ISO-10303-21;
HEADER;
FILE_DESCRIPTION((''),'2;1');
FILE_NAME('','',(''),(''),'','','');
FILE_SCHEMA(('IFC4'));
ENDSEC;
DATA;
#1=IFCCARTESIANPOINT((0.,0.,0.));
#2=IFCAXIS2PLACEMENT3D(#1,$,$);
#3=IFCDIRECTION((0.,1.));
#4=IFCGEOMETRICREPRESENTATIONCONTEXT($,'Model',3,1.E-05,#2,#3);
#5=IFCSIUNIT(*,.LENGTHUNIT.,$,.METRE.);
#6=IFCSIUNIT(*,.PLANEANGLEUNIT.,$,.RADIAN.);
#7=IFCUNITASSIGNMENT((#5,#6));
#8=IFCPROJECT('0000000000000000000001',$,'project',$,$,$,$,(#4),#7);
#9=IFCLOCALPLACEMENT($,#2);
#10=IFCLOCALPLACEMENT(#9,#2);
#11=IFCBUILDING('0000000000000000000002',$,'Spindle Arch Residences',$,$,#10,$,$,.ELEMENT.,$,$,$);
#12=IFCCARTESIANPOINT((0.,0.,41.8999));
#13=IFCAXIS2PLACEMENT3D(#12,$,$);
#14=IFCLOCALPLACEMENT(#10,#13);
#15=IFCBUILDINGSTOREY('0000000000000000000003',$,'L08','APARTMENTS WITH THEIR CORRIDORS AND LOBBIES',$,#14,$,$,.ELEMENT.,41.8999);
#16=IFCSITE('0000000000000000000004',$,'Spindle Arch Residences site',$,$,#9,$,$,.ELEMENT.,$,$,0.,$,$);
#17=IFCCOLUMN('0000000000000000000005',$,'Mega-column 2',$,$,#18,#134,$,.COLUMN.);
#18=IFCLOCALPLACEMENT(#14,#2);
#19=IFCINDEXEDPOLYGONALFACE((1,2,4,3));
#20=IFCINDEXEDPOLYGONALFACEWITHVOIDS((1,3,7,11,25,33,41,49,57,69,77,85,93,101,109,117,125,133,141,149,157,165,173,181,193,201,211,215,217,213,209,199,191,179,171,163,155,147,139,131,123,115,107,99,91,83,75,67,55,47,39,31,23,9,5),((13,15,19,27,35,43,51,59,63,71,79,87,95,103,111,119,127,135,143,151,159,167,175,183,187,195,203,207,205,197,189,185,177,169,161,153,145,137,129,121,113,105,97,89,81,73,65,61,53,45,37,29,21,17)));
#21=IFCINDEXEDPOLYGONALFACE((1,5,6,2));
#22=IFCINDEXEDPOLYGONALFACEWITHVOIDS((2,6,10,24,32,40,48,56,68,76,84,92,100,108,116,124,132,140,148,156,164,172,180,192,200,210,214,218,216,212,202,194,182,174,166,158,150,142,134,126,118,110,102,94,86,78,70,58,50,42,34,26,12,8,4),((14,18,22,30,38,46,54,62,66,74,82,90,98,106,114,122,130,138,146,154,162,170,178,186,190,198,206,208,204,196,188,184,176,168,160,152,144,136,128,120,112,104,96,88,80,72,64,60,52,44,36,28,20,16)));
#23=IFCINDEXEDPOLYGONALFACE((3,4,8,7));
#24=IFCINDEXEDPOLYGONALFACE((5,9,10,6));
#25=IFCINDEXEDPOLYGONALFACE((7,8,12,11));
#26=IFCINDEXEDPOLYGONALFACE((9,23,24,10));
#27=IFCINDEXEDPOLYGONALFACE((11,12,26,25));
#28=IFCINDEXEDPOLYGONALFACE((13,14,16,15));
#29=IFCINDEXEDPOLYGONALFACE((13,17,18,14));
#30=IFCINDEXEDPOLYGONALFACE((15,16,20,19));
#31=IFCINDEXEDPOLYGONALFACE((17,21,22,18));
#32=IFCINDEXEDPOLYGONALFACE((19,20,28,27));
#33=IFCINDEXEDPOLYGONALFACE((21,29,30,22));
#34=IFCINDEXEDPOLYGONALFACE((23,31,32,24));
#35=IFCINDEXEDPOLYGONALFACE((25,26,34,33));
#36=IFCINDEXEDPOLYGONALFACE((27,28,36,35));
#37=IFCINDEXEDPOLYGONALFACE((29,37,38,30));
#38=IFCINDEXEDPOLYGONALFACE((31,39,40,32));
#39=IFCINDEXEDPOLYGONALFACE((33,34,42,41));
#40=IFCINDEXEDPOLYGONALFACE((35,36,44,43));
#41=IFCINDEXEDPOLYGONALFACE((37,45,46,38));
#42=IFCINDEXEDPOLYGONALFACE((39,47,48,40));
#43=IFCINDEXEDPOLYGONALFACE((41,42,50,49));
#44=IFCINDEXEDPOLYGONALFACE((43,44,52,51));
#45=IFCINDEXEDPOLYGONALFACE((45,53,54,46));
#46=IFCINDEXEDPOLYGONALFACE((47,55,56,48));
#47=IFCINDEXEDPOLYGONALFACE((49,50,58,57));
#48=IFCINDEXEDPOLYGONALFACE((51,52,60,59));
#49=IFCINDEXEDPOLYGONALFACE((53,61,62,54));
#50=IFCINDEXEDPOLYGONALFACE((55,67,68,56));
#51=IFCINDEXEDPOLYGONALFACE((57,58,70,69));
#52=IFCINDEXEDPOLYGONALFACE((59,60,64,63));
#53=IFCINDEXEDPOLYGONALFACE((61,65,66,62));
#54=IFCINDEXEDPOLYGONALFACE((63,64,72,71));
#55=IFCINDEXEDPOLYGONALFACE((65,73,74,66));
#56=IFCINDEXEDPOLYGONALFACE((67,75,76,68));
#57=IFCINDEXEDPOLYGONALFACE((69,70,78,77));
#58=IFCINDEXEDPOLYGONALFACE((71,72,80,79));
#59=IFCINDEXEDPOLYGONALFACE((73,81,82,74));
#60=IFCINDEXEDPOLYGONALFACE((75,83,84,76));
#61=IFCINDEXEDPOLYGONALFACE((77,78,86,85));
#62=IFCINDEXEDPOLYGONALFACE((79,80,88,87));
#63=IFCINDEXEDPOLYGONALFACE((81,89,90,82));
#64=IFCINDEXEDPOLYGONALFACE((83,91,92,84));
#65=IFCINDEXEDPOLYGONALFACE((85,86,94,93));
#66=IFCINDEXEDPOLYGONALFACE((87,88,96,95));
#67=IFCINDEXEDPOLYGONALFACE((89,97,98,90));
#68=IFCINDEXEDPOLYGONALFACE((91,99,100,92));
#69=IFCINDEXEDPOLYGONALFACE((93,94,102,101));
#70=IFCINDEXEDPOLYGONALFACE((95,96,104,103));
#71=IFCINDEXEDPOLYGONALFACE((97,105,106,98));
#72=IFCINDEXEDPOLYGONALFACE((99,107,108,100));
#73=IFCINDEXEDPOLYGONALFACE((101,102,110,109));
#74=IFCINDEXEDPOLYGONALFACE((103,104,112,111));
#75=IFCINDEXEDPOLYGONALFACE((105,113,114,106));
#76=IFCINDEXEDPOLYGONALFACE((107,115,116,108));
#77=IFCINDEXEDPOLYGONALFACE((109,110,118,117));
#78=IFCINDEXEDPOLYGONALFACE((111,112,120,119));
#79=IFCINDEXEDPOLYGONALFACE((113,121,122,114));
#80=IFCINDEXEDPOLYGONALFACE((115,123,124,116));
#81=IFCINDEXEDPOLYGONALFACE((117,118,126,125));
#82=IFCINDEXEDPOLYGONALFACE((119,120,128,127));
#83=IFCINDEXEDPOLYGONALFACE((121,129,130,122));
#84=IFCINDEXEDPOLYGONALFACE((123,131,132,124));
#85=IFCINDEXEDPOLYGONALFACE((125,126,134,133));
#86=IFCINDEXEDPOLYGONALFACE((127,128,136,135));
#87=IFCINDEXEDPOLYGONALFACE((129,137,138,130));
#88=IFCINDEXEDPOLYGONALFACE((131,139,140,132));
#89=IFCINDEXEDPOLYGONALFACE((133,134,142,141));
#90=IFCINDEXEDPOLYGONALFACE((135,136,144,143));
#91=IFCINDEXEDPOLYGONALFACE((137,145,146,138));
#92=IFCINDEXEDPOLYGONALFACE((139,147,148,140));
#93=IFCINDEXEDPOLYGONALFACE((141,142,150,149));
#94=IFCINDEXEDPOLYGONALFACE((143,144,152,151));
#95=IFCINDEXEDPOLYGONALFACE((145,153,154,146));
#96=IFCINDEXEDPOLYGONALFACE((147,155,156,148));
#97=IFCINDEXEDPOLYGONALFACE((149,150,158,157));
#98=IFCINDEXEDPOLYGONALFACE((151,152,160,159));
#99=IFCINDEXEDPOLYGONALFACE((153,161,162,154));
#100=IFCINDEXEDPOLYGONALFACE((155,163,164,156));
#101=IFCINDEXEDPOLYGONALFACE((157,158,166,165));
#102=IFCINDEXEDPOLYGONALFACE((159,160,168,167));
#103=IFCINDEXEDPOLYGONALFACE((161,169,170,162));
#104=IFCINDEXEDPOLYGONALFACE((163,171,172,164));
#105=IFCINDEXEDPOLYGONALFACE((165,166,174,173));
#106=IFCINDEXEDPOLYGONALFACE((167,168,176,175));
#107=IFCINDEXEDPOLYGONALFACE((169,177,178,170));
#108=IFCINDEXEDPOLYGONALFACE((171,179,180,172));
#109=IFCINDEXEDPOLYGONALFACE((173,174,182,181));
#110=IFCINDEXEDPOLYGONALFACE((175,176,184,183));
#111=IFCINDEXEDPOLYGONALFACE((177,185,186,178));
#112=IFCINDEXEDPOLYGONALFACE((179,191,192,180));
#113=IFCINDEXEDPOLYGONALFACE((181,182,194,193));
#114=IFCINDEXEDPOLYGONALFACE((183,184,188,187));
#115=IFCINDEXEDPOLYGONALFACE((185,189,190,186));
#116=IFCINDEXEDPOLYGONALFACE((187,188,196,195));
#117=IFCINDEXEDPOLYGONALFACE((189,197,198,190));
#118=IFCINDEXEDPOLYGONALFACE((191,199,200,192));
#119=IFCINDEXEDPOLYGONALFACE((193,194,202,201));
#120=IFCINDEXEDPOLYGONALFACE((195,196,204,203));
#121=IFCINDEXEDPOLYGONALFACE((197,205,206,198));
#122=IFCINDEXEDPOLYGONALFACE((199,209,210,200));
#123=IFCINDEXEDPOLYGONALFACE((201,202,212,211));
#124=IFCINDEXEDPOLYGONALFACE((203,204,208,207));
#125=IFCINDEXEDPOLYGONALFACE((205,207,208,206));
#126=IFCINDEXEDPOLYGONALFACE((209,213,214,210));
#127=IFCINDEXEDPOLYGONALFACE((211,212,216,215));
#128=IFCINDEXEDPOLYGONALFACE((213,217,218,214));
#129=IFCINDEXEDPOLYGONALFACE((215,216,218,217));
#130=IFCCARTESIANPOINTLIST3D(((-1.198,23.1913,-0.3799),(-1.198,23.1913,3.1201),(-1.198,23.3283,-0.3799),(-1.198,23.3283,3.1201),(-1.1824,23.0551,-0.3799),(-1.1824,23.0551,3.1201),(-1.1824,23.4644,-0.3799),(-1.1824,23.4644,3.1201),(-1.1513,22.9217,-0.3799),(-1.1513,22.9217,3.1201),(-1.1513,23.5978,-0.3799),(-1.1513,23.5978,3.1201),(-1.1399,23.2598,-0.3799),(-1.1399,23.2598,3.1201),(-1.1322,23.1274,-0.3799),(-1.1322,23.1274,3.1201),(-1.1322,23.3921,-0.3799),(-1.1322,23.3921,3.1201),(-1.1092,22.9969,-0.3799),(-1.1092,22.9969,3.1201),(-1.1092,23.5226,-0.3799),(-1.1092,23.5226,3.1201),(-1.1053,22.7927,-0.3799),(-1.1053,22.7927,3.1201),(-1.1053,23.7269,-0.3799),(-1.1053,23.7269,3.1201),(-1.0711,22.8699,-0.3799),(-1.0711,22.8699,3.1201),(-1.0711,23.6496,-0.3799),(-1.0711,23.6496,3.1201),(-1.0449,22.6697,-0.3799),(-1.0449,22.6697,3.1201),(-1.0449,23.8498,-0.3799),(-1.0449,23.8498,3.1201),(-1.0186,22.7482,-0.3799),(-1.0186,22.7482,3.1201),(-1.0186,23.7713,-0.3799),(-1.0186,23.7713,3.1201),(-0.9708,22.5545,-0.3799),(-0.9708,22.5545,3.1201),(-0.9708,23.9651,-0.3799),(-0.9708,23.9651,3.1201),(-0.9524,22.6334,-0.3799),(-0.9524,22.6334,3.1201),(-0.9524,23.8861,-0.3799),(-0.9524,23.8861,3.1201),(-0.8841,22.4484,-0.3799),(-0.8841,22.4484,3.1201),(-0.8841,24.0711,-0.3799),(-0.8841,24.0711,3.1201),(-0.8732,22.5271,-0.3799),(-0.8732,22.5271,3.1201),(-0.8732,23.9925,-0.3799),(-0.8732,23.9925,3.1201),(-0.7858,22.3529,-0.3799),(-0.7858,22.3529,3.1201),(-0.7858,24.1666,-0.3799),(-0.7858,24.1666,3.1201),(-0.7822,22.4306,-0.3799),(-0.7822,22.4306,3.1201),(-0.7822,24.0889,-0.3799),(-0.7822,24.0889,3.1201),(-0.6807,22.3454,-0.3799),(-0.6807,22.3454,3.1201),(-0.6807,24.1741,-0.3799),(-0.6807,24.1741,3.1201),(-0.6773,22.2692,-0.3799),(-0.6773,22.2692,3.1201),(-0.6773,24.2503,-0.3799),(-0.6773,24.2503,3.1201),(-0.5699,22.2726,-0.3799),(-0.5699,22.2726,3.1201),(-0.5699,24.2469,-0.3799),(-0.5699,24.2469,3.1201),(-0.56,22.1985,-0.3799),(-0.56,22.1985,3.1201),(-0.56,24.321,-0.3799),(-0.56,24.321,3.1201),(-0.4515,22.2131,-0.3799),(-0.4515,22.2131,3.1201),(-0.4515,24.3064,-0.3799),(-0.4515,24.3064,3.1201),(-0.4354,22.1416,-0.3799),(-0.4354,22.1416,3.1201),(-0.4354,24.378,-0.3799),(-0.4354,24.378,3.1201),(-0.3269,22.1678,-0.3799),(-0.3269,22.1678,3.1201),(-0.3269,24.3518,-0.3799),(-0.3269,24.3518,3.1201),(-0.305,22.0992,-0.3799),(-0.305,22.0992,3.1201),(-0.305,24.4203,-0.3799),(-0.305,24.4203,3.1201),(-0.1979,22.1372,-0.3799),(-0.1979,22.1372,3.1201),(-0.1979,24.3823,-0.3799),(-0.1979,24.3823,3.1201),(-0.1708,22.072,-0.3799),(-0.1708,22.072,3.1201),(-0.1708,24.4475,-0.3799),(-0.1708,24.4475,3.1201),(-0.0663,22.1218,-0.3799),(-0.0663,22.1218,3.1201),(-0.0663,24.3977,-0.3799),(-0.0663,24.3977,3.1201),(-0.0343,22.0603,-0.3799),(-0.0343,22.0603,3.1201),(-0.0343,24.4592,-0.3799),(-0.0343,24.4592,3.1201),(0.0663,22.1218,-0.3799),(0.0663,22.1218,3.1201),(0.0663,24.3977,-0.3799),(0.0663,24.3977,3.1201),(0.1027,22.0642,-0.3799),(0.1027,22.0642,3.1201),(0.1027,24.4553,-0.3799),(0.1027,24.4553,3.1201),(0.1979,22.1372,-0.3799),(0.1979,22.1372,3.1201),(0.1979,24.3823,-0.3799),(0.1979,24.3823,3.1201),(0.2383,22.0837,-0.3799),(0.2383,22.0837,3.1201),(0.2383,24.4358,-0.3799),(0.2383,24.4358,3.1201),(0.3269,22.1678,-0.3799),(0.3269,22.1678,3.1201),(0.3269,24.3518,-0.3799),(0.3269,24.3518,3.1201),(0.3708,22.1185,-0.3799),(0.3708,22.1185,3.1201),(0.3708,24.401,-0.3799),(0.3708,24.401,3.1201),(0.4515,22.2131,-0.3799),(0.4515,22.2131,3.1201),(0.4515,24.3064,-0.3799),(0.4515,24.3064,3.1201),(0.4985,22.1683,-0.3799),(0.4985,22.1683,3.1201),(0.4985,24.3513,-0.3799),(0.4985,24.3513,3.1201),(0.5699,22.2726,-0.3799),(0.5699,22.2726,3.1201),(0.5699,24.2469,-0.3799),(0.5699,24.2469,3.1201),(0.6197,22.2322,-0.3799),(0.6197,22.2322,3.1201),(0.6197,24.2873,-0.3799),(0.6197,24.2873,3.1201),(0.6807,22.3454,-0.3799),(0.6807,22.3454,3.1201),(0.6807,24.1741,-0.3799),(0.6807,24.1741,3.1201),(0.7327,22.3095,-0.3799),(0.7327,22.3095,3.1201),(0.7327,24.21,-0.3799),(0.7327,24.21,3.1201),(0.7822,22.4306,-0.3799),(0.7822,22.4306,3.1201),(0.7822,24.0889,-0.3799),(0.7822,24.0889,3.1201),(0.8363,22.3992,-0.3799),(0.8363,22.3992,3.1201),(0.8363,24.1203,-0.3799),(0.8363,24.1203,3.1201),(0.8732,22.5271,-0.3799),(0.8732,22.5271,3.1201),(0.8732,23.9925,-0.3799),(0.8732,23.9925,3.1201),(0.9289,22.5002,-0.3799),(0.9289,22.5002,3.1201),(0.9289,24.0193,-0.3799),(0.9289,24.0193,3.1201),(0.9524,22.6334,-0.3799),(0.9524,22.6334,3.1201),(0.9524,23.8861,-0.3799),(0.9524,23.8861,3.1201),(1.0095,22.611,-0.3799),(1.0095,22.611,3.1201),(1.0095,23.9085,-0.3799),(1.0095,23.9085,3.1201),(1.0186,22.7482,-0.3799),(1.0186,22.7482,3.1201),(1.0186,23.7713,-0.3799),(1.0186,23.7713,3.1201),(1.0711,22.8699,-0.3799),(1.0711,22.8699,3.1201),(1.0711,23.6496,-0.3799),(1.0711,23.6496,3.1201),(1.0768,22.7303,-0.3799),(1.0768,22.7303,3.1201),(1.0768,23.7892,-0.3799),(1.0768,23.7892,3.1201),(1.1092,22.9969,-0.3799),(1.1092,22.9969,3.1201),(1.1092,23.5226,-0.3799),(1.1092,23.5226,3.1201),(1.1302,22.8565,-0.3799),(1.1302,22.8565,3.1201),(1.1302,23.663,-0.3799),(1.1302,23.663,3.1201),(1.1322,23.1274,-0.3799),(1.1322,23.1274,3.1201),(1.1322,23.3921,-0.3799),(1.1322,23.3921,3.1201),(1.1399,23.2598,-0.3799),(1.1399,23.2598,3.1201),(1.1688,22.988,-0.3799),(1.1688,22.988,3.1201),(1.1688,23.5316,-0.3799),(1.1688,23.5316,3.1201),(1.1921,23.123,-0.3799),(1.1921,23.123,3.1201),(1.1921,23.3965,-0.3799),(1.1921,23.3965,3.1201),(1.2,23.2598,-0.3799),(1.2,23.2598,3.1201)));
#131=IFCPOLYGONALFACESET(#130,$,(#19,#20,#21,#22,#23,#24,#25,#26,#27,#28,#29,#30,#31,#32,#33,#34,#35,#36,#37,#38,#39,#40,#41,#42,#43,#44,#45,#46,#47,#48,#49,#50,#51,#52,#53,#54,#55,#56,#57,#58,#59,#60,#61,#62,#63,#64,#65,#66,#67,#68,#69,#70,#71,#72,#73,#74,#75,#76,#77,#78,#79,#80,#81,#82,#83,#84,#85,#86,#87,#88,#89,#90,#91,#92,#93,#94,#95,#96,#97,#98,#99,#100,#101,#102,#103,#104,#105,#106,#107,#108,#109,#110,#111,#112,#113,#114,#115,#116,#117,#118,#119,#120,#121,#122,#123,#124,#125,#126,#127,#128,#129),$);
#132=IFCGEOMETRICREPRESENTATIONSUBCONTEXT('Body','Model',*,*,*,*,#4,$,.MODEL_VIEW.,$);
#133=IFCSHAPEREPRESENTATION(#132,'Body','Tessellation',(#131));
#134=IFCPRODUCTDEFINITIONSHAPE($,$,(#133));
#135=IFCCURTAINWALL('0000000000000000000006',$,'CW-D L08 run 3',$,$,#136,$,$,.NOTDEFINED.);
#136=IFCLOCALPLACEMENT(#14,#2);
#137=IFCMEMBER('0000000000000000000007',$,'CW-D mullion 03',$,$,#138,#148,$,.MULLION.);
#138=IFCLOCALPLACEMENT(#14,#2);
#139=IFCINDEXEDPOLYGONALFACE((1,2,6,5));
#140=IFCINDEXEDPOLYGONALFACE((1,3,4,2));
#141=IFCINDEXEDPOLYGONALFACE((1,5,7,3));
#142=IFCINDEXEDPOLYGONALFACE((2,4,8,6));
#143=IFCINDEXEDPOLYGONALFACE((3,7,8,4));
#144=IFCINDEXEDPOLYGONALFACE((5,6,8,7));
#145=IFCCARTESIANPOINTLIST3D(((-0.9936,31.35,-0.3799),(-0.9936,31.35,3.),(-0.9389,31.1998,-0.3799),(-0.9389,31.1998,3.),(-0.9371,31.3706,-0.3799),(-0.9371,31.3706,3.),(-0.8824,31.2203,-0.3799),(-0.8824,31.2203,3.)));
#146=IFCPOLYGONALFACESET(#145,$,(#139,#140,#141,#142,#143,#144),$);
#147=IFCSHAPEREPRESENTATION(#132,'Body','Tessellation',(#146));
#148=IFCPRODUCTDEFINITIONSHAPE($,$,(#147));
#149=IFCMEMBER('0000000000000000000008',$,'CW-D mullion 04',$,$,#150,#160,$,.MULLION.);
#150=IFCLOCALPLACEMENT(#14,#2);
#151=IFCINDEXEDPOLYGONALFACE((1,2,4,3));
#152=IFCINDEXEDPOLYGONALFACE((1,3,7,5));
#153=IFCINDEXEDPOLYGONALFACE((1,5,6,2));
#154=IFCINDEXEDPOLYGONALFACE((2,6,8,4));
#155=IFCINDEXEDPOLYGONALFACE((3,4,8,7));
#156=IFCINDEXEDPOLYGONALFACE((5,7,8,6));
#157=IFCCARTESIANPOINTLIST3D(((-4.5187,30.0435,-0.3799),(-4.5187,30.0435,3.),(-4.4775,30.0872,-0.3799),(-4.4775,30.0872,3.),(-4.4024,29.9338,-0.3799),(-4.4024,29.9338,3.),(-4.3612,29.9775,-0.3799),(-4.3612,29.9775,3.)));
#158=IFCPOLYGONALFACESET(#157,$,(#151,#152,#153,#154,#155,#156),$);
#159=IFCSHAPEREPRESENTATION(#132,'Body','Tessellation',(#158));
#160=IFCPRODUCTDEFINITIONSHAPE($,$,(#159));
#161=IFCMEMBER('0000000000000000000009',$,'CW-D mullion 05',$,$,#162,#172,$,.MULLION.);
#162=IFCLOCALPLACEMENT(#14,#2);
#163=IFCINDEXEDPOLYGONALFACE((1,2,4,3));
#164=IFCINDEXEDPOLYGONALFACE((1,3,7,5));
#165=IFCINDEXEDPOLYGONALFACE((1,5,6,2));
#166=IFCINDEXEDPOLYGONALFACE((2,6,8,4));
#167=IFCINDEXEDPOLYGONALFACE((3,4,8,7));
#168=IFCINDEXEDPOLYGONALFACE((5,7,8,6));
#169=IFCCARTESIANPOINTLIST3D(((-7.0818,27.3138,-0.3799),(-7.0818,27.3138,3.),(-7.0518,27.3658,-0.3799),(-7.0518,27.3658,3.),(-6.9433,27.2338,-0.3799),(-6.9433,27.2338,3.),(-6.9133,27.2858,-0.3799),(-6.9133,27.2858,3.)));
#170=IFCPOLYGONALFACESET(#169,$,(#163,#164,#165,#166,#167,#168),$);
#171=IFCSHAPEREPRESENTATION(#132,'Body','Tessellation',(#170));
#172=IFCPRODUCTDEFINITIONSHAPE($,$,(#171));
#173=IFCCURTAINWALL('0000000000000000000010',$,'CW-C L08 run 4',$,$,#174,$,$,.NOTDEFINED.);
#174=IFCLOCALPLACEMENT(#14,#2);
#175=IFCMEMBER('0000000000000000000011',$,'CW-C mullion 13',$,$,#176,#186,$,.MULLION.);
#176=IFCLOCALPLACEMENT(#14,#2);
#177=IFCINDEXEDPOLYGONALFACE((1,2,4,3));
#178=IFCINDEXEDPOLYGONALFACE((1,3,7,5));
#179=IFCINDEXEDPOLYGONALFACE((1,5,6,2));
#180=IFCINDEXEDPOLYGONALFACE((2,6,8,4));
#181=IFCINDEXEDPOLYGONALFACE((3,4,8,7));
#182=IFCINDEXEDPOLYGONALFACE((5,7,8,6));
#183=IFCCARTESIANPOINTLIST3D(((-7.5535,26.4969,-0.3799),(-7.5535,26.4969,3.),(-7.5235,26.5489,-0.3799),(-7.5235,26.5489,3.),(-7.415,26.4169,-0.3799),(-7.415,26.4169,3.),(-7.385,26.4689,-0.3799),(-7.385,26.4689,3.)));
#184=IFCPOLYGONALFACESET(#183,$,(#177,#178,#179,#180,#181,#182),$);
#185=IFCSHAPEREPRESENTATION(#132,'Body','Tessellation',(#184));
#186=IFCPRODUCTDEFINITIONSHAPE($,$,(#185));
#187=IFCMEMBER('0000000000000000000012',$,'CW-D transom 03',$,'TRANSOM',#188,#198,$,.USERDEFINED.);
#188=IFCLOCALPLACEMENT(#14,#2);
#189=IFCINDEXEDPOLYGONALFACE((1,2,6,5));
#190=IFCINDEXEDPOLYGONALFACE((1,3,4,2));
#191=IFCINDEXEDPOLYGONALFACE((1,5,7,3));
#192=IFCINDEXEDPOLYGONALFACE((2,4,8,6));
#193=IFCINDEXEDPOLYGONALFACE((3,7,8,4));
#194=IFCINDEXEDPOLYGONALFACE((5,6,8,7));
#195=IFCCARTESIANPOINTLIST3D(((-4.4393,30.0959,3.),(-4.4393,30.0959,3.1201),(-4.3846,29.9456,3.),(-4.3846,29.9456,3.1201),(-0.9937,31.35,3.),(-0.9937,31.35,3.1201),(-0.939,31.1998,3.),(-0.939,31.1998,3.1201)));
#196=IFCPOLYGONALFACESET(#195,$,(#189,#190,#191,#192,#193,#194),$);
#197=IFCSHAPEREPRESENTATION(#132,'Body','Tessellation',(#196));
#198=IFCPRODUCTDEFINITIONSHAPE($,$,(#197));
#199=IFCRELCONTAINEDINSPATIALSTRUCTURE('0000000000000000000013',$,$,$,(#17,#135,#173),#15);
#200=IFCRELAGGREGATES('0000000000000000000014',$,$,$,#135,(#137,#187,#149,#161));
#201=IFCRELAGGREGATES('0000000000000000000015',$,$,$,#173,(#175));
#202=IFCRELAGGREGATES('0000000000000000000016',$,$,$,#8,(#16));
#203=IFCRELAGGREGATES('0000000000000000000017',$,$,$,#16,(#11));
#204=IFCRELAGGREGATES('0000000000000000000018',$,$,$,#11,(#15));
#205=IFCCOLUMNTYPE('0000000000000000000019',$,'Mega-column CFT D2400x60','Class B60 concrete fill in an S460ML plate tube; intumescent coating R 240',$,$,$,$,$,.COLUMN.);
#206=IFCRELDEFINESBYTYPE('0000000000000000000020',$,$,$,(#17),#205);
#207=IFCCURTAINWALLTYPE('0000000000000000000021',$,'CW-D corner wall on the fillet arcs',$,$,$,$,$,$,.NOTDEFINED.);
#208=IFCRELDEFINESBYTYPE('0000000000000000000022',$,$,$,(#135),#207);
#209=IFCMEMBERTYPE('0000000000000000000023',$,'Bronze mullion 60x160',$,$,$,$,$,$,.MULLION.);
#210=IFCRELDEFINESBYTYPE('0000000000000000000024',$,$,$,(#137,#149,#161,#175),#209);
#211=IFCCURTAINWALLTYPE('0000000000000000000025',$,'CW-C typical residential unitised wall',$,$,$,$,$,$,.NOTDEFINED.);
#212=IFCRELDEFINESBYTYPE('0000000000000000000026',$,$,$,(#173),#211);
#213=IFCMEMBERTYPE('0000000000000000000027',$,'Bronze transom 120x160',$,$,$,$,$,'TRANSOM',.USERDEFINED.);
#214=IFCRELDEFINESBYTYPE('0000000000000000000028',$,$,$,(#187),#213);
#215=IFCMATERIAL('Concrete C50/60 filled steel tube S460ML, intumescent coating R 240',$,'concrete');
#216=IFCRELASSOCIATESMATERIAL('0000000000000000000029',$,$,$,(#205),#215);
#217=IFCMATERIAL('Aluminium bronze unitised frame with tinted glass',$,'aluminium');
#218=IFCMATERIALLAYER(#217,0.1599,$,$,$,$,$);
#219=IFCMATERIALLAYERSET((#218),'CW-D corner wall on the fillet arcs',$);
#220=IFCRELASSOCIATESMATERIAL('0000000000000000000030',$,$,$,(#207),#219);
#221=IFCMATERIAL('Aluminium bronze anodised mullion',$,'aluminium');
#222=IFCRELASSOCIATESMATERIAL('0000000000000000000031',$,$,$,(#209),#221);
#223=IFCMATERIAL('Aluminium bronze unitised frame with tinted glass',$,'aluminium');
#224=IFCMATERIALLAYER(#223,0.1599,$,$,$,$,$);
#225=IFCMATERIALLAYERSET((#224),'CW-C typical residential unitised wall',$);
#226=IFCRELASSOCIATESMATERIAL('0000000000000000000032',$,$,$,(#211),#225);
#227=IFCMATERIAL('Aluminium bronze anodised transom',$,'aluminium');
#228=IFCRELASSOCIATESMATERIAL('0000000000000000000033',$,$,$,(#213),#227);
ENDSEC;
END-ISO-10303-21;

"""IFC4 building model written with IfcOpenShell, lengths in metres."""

from ifc_helpers import new_model, si_unit, direction, frame, origin, origin_2d, place, context, subcontext, project, spatial, rectangle, hollow_circle, extrude, material, layer, layer_set, material_profile, profile_set, type_object, element, aggregate, save


model = new_model("IFC4")

# Units and contexts
model_context = context("Model", 3, precision=1e-05, world=origin(), true_north=direction((0.0, 1.0)))
body_context = subcontext(model_context, "Body", "Model", "MODEL_VIEW")
ifc_project = project(units=[si_unit("LENGTHUNIT", "METRE"), si_unit("PLANEANGLEUNIT", "RADIAN")], contexts=[model_context])

# Site, building, storey
site_placement = place(None, origin())
site = spatial("IfcSite", under=ifc_project, at=site_placement, Name="Spindle Arch Residences site", CompositionType="ELEMENT", RefElevation=0.0)
building_placement = place(site_placement, origin())
building = spatial("IfcBuilding", under=site, at=building_placement, Name="Spindle Arch Residences", CompositionType="ELEMENT")
storey_placement = place(building_placement, frame((0.0, 0.0, 41.8999)))
storey = spatial("IfcBuildingStorey", under=building, at=storey_placement, Name="L08", Description="APARTMENTS WITH THEIR CORRIDORS AND LOBBIES", CompositionType="ELEMENT", Elevation=41.8999)

# Column
ifc_material_1 = material(Name="Concrete C50/60 filled steel tube S460ML, intumescent coating R 240", Category="concrete")
ifc_material_profile_1 = material_profile(ifc_material_1, hollow_circle(Radius=1.2, WallThickness=0.0601, at=origin_2d()), Name="CFT D2400x60")
ifc_profile_set_1 = profile_set([ifc_material_profile_1], Name="Concrete C50/60 filled steel tube S460ML, intumescent coating R 240")
column_type_1 = type_object("IfcColumnType", Name="Mega-column CFT D2400x60", Description="Class B60 concrete fill in an S460ML plate tube; intumescent coating R 240", PredefinedType="COLUMN", material=ifc_profile_set_1)
column_placement = place(storey_placement, frame((0.0, 23.2598, -0.3799), z_axis=(0.0, 0.0, 1.0), x_axis=(1.0, 0.0, 0.0)))
element("IfcColumn", 1, at=column_placement, inside=storey, type_object=column_type_1, Name="Mega-column 2", PredefinedType="COLUMN", context=body_context, shape_type="SweptSolid", body=[
    extrude(hollow_circle(Radius=1.2, WallThickness=0.0601, at=origin_2d()), origin(), (0.0, 0.0, 1.0), 3.5),
])

# Curtain wall, members
ifc_material_2 = material(Name="Aluminium bronze unitised frame with tinted glass", Category="aluminium")
ifc_layer_1 = layer(ifc_material_2, 0.1599)
ifc_layer_set_1 = layer_set([ifc_layer_1], Name="CW-D corner wall on the fillet arcs")
curtain_wall_type_1 = type_object("IfcCurtainWallType", Name="CW-D corner wall on the fillet arcs", PredefinedType="NOTDEFINED", material=ifc_layer_set_1)
curtain_wall_1_placement = place(storey_placement, origin())
curtain_wall_1 = element("IfcCurtainWall", 2, at=curtain_wall_1_placement, inside=storey, type_object=curtain_wall_type_1, Name="CW-D L08 run 3", PredefinedType="NOTDEFINED")
ifc_material_3 = material(Name="Aluminium bronze anodised mullion", Category="aluminium")
ifc_material_profile_2 = material_profile(ifc_material_3, rectangle(XDim=0.1599, YDim=0.0601, at=origin_2d()), Name="MU 60x160")
ifc_profile_set_2 = profile_set([ifc_material_profile_2], Name="Aluminium bronze anodised mullion")
member_type_1 = type_object("IfcMemberType", Name="Bronze mullion 60x160", PredefinedType="MULLION", material=ifc_profile_set_2)
member_1_placement = place(storey_placement, frame((-0.938, 31.2852, -0.3799), z_axis=(0.0, 0.0, 1.0), x_axis=(0.34202, -0.939693, 0.0)))
member_1 = element("IfcMember", 3, at=member_1_placement, type_object=member_type_1, Name="CW-D mullion 03", PredefinedType="MULLION", context=body_context, shape_type="SweptSolid", body=[
    extrude(rectangle(XDim=0.1599, YDim=0.0601, at=origin_2d()), origin(), (0.0, 0.0, 1.0), 3.3799),
])
member_2_placement = place(storey_placement, frame((-4.4399, 30.0105, -0.3799), z_axis=(0.0, 0.0, 1.0), x_axis=(0.727374, -0.686242, 0.0)))
member_2 = element("IfcMember", 4, at=member_2_placement, type_object=member_type_1, Name="CW-D mullion 04", PredefinedType="MULLION", context=body_context, shape_type="SweptSolid", body=[
    extrude(rectangle(XDim=0.1599, YDim=0.0601, at=origin_2d()), origin(), (0.0, 0.0, 1.0), 3.3799),
])
member_3_placement = place(storey_placement, frame((-6.9976, 27.2998, -0.3799), z_axis=(0.0, 0.0, 1.0), x_axis=(0.866025, -0.5, 0.0)))
member_3 = element("IfcMember", 5, at=member_3_placement, type_object=member_type_1, Name="CW-D mullion 05", PredefinedType="MULLION", context=body_context, shape_type="SweptSolid", body=[
    extrude(rectangle(XDim=0.1599, YDim=0.0601, at=origin_2d()), origin(), (0.0, 0.0, 1.0), 3.3799),
])

# Curtain wall, member
ifc_material_4 = material(Name="Aluminium bronze unitised frame with tinted glass", Category="aluminium")
ifc_layer_2 = layer(ifc_material_4, 0.1599)
ifc_layer_set_2 = layer_set([ifc_layer_2], Name="CW-C typical residential unitised wall")
curtain_wall_type_2 = type_object("IfcCurtainWallType", Name="CW-C typical residential unitised wall", PredefinedType="NOTDEFINED", material=ifc_layer_set_2)
curtain_wall_2_placement = place(storey_placement, origin())
curtain_wall_2 = element("IfcCurtainWall", 6, at=curtain_wall_2_placement, inside=storey, type_object=curtain_wall_type_2, Name="CW-C L08 run 4", PredefinedType="NOTDEFINED")
member_4_placement = place(storey_placement, frame((-7.4692, 26.4829, -0.3799), z_axis=(0.0, 0.0, 1.0), x_axis=(0.866025, -0.5, 0.0)))
member_4 = element("IfcMember", 7, at=member_4_placement, type_object=member_type_1, Name="CW-C mullion 13", PredefinedType="MULLION", context=body_context, shape_type="SweptSolid", body=[
    extrude(rectangle(XDim=0.1599, YDim=0.0601, at=origin_2d()), origin(), (0.0, 0.0, 1.0), 3.3799),
])

# Member
ifc_material_5 = material(Name="Aluminium bronze anodised transom", Category="aluminium")
ifc_material_profile_3 = material_profile(ifc_material_5, rectangle(XDim=0.1599, YDim=0.1201, at=origin_2d()), Name="TR 120x160")
ifc_profile_set_3 = profile_set([ifc_material_profile_3], Name="Aluminium bronze anodised transom")
member_type_2 = type_object("IfcMemberType", Name="Bronze transom 120x160", ElementType="TRANSOM", PredefinedType="USERDEFINED", material=ifc_profile_set_3)
member_5_placement = place(storey_placement, frame((-0.9663, 31.2749, 3.0601), z_axis=(-0.939686, -0.342037, 0.0), x_axis=(0.342037, -0.939686, 0.0)))
member_5 = element("IfcMember", 8, at=member_5_placement, type_object=member_type_2, Name="CW-D transom 03", ObjectType="TRANSOM", PredefinedType="USERDEFINED", context=body_context, shape_type="SweptSolid", body=[
    extrude(rectangle(XDim=0.1599, YDim=0.1201, at=origin_2d()), origin(), (0.0, 0.0, 1.0), 3.6667),
])

aggregate(curtain_wall_1, [member_1, member_5, member_2, member_3])
aggregate(curtain_wall_2, [member_4])

save(model, "model.ifc")
